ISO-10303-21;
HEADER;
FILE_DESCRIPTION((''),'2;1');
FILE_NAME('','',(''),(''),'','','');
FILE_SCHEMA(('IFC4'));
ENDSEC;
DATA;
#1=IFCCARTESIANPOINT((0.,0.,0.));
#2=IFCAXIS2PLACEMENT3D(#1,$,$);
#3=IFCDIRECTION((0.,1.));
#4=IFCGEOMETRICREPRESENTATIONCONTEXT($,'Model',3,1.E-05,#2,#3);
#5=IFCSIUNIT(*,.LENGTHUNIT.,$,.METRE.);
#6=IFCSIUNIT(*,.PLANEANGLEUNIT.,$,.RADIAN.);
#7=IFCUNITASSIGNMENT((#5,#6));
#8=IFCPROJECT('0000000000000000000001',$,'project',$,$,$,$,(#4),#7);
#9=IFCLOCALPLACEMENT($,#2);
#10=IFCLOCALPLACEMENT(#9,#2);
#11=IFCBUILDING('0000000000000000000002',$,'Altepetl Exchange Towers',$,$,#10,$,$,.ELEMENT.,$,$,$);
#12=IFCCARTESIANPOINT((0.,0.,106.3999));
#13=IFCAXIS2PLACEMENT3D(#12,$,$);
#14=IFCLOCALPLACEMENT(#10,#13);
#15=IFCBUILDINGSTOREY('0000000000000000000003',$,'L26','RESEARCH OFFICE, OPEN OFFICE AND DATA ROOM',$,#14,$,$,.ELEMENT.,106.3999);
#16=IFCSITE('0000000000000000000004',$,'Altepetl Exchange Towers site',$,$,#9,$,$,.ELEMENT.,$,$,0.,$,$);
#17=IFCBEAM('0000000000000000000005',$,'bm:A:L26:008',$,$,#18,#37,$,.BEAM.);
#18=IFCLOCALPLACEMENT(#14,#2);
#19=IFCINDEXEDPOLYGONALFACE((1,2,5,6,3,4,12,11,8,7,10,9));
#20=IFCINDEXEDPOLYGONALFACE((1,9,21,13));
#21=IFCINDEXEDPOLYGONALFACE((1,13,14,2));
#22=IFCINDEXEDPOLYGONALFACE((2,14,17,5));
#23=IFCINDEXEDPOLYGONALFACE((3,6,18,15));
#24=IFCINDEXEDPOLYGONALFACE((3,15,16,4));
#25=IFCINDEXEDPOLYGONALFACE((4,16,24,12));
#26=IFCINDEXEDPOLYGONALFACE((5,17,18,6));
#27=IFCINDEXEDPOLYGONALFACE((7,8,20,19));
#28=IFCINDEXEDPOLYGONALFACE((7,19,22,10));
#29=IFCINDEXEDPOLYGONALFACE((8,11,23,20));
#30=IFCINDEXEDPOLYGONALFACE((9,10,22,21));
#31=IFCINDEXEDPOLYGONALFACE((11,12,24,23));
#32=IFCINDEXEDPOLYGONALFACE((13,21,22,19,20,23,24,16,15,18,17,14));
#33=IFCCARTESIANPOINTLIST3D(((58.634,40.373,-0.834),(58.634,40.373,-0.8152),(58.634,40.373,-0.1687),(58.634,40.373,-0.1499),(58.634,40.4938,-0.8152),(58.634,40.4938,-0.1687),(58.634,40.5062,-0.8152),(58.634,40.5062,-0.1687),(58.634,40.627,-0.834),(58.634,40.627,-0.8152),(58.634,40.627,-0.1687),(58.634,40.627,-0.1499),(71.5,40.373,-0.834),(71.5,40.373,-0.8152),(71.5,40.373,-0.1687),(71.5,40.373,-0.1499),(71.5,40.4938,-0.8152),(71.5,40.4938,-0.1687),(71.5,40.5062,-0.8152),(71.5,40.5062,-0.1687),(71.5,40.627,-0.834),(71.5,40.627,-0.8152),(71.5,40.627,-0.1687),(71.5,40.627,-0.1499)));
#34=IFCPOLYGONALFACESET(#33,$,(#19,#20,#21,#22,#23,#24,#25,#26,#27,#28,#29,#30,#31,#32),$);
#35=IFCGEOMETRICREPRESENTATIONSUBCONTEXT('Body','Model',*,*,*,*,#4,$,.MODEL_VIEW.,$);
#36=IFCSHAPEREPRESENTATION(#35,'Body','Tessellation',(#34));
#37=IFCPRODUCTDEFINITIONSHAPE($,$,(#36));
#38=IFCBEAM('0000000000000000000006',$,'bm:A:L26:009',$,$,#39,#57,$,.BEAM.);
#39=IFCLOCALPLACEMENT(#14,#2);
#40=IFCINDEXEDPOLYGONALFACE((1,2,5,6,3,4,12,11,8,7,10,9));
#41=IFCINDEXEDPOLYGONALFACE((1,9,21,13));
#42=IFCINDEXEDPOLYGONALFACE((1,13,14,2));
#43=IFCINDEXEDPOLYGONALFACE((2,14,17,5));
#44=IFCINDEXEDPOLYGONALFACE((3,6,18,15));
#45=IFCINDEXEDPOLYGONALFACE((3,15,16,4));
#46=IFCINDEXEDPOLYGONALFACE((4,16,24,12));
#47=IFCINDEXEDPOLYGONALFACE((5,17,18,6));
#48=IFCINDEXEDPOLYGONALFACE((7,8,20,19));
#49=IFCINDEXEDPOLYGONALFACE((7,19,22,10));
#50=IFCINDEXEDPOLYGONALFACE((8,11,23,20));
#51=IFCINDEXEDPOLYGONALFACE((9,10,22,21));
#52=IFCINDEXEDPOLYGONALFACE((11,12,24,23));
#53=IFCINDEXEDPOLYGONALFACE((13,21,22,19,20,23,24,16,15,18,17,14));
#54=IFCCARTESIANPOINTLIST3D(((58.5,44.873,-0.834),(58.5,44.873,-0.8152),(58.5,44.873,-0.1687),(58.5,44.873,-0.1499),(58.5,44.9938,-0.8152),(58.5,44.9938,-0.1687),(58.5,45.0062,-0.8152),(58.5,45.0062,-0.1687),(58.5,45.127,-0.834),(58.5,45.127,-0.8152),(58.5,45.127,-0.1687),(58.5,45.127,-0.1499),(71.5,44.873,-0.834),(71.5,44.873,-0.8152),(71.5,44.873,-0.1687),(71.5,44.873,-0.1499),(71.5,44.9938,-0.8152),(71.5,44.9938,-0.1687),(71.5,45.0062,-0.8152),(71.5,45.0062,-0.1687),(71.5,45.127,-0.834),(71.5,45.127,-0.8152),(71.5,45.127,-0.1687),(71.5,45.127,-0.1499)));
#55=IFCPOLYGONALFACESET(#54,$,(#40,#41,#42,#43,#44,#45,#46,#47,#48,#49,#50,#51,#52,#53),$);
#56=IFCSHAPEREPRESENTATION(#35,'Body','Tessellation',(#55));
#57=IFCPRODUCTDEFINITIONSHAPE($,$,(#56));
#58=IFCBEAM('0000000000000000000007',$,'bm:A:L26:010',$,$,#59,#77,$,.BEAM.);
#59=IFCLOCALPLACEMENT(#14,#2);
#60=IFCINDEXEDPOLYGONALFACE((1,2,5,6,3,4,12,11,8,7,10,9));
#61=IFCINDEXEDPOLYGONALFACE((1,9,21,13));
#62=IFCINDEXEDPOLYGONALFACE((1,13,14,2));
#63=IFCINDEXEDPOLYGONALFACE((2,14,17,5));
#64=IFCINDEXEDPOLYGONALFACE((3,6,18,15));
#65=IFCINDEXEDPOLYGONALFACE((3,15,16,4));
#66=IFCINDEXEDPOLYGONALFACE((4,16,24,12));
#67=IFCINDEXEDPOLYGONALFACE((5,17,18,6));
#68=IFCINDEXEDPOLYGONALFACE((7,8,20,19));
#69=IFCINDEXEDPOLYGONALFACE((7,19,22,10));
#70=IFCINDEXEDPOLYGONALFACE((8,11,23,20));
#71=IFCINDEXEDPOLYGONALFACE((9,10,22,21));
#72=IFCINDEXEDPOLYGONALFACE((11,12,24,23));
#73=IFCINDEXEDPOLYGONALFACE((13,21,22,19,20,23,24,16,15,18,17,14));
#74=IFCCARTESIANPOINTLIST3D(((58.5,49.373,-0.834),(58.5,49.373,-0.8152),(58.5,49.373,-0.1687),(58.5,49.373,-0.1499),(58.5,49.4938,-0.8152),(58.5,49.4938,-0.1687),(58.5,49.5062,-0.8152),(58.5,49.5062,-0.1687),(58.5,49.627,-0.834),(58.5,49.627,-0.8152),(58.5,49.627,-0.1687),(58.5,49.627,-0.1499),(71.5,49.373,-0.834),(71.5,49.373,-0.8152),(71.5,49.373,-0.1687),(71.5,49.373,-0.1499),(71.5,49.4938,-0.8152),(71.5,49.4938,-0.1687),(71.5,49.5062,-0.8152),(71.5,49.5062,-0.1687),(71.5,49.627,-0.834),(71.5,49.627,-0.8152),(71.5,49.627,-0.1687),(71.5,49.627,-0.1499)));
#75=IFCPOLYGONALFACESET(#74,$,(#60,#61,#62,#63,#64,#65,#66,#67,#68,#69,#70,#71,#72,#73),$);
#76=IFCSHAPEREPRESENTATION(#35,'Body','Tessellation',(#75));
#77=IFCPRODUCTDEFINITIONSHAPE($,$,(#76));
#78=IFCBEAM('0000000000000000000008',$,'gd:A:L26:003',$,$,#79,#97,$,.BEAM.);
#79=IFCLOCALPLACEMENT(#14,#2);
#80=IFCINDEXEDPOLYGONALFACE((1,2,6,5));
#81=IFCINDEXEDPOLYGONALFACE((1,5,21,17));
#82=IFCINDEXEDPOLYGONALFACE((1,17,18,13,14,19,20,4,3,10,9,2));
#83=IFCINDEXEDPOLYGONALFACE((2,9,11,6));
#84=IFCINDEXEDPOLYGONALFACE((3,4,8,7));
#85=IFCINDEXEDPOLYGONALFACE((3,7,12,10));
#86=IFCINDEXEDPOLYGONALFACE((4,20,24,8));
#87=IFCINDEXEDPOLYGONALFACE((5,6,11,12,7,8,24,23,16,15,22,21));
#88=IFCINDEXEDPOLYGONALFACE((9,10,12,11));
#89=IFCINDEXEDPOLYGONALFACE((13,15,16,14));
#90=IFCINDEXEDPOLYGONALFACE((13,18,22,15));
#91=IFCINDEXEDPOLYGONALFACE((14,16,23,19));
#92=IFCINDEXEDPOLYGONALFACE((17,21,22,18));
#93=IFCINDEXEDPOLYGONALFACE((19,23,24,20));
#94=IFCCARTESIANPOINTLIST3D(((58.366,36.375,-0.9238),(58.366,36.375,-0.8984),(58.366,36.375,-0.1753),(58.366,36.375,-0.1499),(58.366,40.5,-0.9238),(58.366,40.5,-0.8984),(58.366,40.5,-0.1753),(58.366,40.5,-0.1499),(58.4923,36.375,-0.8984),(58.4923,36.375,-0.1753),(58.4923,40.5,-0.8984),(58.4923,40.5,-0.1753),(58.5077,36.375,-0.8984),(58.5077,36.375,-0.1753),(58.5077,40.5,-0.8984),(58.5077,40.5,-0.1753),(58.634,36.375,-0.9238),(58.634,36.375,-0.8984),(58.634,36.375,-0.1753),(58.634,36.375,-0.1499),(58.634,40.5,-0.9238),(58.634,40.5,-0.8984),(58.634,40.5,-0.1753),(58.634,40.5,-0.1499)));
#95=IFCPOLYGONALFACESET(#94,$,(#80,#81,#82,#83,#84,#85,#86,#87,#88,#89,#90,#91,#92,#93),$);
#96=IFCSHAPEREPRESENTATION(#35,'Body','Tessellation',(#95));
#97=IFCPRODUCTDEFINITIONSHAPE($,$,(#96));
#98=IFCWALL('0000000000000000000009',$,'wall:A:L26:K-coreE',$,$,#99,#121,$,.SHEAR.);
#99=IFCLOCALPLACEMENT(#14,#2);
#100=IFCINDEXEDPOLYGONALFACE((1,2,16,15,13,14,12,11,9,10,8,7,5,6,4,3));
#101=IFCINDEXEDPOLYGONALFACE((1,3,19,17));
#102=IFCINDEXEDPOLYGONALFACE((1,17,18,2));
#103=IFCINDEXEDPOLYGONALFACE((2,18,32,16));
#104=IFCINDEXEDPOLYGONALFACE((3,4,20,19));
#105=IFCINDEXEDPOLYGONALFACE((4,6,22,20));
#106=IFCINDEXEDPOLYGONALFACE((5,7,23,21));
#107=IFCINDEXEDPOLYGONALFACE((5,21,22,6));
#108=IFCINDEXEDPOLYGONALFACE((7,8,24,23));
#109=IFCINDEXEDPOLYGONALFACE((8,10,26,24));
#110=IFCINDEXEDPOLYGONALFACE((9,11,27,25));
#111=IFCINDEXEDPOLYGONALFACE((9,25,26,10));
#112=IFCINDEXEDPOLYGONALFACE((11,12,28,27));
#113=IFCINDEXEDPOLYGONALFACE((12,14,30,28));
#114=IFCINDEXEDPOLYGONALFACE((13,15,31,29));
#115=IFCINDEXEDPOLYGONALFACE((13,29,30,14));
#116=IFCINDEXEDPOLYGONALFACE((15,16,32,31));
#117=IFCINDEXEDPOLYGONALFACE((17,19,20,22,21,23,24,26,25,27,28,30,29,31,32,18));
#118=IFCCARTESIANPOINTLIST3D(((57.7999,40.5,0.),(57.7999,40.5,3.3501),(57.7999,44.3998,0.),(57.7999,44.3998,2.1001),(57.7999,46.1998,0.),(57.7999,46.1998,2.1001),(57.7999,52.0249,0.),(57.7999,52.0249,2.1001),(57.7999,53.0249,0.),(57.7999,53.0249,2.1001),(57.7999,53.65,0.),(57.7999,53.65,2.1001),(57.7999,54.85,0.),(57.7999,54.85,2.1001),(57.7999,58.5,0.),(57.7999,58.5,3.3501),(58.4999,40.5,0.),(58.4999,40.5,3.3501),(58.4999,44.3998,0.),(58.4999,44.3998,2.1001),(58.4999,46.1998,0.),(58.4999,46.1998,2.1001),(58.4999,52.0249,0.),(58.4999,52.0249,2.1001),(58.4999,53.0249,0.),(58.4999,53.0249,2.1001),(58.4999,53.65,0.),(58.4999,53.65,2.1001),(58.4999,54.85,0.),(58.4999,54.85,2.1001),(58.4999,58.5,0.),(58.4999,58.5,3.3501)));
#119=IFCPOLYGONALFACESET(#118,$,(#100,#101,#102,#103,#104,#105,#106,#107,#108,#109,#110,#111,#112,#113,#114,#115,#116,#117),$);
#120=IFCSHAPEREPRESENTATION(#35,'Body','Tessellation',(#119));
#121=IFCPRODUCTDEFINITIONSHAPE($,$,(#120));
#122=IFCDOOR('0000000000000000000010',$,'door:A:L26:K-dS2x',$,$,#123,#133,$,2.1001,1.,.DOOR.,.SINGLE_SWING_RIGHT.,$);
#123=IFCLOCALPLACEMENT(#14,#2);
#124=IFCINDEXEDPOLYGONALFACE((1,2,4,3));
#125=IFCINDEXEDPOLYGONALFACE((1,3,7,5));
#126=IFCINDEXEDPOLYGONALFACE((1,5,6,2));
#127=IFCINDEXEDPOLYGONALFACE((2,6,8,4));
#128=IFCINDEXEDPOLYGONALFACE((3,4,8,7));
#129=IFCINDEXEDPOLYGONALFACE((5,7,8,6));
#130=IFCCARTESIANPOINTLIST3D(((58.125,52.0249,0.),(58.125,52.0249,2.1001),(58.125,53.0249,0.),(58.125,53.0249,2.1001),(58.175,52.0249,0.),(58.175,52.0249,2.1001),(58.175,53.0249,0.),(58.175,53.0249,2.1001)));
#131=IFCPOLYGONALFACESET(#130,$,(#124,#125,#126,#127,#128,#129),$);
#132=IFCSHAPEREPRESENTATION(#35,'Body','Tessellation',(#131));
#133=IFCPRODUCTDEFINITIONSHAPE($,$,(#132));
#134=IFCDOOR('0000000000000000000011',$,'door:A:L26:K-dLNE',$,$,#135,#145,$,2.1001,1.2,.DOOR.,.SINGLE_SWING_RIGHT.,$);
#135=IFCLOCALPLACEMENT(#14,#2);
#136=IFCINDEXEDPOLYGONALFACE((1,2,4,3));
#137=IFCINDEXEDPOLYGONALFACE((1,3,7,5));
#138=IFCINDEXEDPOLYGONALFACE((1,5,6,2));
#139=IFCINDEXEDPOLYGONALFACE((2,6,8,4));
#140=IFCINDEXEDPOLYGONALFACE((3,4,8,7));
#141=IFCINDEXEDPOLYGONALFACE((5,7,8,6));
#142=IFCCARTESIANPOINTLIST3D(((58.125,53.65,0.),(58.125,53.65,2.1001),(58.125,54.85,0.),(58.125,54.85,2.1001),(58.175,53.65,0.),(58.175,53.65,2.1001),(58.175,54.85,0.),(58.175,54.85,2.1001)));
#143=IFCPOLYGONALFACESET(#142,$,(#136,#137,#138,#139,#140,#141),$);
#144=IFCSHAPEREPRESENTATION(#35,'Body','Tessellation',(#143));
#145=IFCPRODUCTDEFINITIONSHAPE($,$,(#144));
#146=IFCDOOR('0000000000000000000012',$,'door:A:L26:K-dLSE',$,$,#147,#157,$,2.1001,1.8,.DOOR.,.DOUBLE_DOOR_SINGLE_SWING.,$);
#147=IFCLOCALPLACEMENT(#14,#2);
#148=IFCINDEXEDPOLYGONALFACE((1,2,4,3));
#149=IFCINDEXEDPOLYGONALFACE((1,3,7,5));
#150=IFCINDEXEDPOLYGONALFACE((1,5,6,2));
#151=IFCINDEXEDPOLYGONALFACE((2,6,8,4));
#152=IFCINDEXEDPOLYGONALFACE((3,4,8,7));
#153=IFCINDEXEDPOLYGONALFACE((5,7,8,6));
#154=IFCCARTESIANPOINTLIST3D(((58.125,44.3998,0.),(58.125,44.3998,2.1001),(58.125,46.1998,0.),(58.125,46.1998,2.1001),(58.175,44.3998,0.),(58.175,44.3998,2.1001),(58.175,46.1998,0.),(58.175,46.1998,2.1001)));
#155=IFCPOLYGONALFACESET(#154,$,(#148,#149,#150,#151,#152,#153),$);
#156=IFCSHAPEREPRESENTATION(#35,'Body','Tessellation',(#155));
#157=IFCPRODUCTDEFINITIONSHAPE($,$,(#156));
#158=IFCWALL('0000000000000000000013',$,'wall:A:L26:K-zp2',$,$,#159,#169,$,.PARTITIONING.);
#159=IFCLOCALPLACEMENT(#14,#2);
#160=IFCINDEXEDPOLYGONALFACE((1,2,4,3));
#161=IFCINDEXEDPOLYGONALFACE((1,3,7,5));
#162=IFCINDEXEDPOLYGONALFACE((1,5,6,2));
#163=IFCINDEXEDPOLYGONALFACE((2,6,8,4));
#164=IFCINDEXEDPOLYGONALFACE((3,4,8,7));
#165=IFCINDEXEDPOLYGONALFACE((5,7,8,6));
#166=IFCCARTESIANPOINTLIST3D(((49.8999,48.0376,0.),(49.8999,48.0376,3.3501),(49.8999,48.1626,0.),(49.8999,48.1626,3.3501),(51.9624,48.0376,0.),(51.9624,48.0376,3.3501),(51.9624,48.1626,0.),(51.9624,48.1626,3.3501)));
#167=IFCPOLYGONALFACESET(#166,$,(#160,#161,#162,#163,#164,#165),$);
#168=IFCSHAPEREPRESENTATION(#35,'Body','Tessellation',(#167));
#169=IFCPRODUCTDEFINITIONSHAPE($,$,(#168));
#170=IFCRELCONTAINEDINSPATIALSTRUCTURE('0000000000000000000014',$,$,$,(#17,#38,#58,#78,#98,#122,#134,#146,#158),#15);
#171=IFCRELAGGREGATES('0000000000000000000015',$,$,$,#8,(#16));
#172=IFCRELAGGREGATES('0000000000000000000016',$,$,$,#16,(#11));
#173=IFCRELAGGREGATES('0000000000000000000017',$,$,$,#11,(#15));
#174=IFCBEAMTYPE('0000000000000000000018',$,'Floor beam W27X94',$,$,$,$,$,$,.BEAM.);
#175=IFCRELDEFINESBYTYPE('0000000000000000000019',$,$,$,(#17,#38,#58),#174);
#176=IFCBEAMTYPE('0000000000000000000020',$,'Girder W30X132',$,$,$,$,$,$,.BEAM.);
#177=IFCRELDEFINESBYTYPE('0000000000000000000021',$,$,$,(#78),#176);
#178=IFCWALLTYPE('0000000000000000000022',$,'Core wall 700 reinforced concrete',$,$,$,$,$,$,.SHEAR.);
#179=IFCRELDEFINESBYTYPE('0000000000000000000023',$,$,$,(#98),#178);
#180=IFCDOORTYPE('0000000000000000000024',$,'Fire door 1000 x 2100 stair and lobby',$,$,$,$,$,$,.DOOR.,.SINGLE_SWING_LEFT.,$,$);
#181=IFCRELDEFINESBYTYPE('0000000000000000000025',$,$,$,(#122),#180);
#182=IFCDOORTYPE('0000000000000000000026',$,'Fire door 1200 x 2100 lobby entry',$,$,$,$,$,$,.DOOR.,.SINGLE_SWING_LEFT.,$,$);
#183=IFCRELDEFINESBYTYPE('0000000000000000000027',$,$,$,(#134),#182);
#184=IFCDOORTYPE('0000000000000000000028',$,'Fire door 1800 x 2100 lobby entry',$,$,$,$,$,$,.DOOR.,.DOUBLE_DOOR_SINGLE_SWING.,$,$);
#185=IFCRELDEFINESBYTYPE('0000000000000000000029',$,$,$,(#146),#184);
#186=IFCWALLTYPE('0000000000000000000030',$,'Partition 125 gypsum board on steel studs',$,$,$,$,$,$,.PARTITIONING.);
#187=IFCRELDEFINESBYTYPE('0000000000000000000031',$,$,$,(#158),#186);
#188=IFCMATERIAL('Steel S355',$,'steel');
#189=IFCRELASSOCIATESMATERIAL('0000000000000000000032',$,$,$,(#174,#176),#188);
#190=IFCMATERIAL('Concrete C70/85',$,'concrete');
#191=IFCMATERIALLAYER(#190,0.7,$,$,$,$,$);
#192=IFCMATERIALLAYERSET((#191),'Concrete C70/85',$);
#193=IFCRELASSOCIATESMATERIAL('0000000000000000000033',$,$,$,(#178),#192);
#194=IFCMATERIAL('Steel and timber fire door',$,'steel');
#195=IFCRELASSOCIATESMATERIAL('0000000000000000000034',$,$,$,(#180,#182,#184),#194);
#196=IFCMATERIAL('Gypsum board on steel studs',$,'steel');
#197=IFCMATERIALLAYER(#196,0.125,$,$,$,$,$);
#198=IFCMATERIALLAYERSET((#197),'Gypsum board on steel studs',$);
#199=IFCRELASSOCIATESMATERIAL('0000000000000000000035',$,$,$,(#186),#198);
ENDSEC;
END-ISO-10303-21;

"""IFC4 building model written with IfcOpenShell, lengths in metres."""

from ifc_helpers import new_model, si_unit, direction, frame, frame_2d, origin, origin_2d, place, context, subcontext, project, spatial, rectangle, i_section, extrude, material, layer, layer_set, material_profile, profile_set, type_object, element, fill, save


model = new_model("IFC4")

# Units and contexts
model_context = context("Model", 3, precision=1e-05, world=origin(), true_north=direction((0.0, 1.0)))
body_context = subcontext(model_context, "Body", "Model", "MODEL_VIEW")
ifc_project = project(units=[si_unit("LENGTHUNIT", "METRE"), si_unit("PLANEANGLEUNIT", "RADIAN")], contexts=[model_context])

# Site, building, storey
site_placement = place(None, origin())
site = spatial("IfcSite", under=ifc_project, at=site_placement, Name="Altepetl Exchange Towers site", CompositionType="ELEMENT", RefElevation=0.0)
building_placement = place(site_placement, origin())
building = spatial("IfcBuilding", under=site, at=building_placement, Name="Altepetl Exchange Towers", CompositionType="ELEMENT")
storey_placement = place(building_placement, frame((0.0, 0.0, 106.3999)))
storey = spatial("IfcBuildingStorey", under=building, at=storey_placement, Name="L26", Description="RESEARCH OFFICE, OPEN OFFICE AND DATA ROOM", CompositionType="ELEMENT", Elevation=106.3999)

# Beams
ifc_material_1 = material(Name="Steel S355", Category="steel")
ifc_material_profile_1 = material_profile(ifc_material_1, i_section(OverallWidth=0.2539, OverallDepth=0.6841, WebThickness=0.0125, FlangeThickness=0.0188, at=origin_2d()), Name="W27X94")
ifc_profile_set_1 = profile_set([ifc_material_profile_1], Name="Steel S355")
beam_type_1 = type_object("IfcBeamType", Name="Floor beam W27X94", PredefinedType="BEAM", material=ifc_profile_set_1)
beam_1_placement = place(storey_placement, frame((58.634, 40.5, -0.4919), z_axis=(1.0, 0.0, 0.0), x_axis=(0.0, 1.0, 0.0)))
element("IfcBeam", 1, at=beam_1_placement, inside=storey, type_object=beam_type_1, Name="bm:A:L26:008", PredefinedType="BEAM", context=body_context, shape_type="SweptSolid", body=[
    extrude(i_section(OverallWidth=0.2539, OverallDepth=0.6841, WebThickness=0.0125, FlangeThickness=0.0188, at=origin_2d()), origin(), (0.0, 0.0, 1.0), 12.866),
])
for number, where, z_axis, x_axis, name in (
    (2, (58.5, 45.0, -0.4919), (1.0, 0.0, 0.0), (0.0, 1.0, 0.0), "bm:A:L26:009"),
    (3, (58.5, 49.5, -0.4919), (1.0, 0.0, 0.0), (0.0, 1.0, 0.0), "bm:A:L26:010"),
):
    element("IfcBeam", number, at=place(storey_placement, frame(where, z_axis=z_axis, x_axis=x_axis)), inside=storey, type_object=beam_type_1, Name=name, PredefinedType="BEAM", context=body_context, shape_type="SweptSolid", body=[
        extrude(i_section(OverallWidth=0.2539, OverallDepth=0.6841, WebThickness=0.0125, FlangeThickness=0.0188, at=origin_2d()), origin(), (0.0, 0.0, 1.0), 13.0),
    ])
ifc_material_profile_2 = material_profile(ifc_material_1, i_section(OverallWidth=0.2681, OverallDepth=0.7739, WebThickness=0.0154, FlangeThickness=0.0254, at=origin_2d()), Name="W30X132")
ifc_profile_set_2 = profile_set([ifc_material_profile_2], Name="Steel S355")
beam_type_2 = type_object("IfcBeamType", Name="Girder W30X132", PredefinedType="BEAM", material=ifc_profile_set_2)
beam_2_placement = place(storey_placement, frame((58.5, 40.5, -0.5369), z_axis=(0.0, -1.0, 0.0), x_axis=(1.0, 0.0, 0.0)))
element("IfcBeam", 4, at=beam_2_placement, inside=storey, type_object=beam_type_2, Name="gd:A:L26:003", PredefinedType="BEAM", context=body_context, shape_type="SweptSolid", body=[
    extrude(i_section(OverallWidth=0.2681, OverallDepth=0.7739, WebThickness=0.0154, FlangeThickness=0.0254, at=origin_2d()), origin(), (0.0, 0.0, 1.0), 4.125),
])

# Wall, openings, doors
ifc_material_2 = material(Name="Concrete C70/85", Category="concrete")
ifc_layer_1 = layer(ifc_material_2, 0.7)
ifc_layer_set_1 = layer_set([ifc_layer_1], Name="Concrete C70/85")
wall_type_1 = type_object("IfcWallType", Name="Core wall 700 reinforced concrete", PredefinedType="SHEAR", material=ifc_layer_set_1)
wall_1_placement = place(storey_placement, frame((58.1499, 40.5, 0.0), z_axis=(0.0, 0.0, 1.0), x_axis=(0.0, 1.0, 0.0)))
wall_1 = element("IfcWall", 5, at=wall_1_placement, inside=storey, type_object=wall_type_1, Name="wall:A:L26:K-coreE", PredefinedType="SHEAR", context=body_context, shape_type="SweptSolid", body=[
    extrude(rectangle(XDim=18.0, YDim=0.7, at=frame_2d((9.0, 0.0))), origin(), (0.0, 0.0, 1.0), 3.3501),
])
opening_1_placement = place(wall_1_placement, frame((13.1499, 0.0, 0.0)))
opening_1 = element("IfcOpeningElement", 6, at=opening_1_placement, cuts=wall_1, PredefinedType="OPENING", context=body_context, shape_type="SweptSolid", body=[
    extrude(rectangle(XDim=1.2, YDim=2.1001, at=frame_2d((0.6001, 1.05))), frame((0.0, 0.3599, 0.0), z_axis=(0.0, -1.0, 0.0), x_axis=(1.0, 0.0, 0.0)), (0.0, 0.0, 1.0), 0.72),
])
opening_2_placement = place(wall_1_placement, frame((3.8999, 0.0, 0.0)))
opening_2 = element("IfcOpeningElement", 7, at=opening_2_placement, cuts=wall_1, PredefinedType="OPENING", context=body_context, shape_type="SweptSolid", body=[
    extrude(rectangle(XDim=1.8, YDim=2.1001, at=frame_2d((0.8999, 1.05))), frame((0.0, 0.3599, 0.0), z_axis=(0.0, -1.0, 0.0), x_axis=(1.0, 0.0, 0.0)), (0.0, 0.0, 1.0), 0.72),
])
opening_3_placement = place(wall_1_placement, frame((11.5249, 0.0, 0.0)))
opening_3 = element("IfcOpeningElement", 8, at=opening_3_placement, cuts=wall_1, PredefinedType="OPENING", context=body_context, shape_type="SweptSolid", body=[
    extrude(rectangle(XDim=1.0, YDim=2.1001, at=frame_2d((0.5, 1.05))), frame((0.0, 0.3599, 0.0), z_axis=(0.0, -1.0, 0.0), x_axis=(1.0, 0.0, 0.0)), (0.0, 0.0, 1.0), 0.72),
])
ifc_material_3 = material(Name="Steel and timber fire door", Category="steel")
door_type_1 = type_object("IfcDoorType", Name="Fire door 1000 x 2100 stair and lobby", OperationType="SINGLE_SWING_LEFT", PredefinedType="DOOR", material=ifc_material_3)
door_1_placement = place(opening_3_placement, origin())
door_1 = element("IfcDoor", 9, at=door_1_placement, inside=storey, type_object=door_type_1, Name="door:A:L26:K-dS2x", OperationType="SINGLE_SWING_RIGHT", OverallHeight=2.1001, OverallWidth=1.0, PredefinedType="DOOR", context=body_context, shape_type="SweptSolid", body=[
    extrude(rectangle(XDim=1.0, YDim=2.1001, at=frame_2d((0.5, 1.05))), frame((0.0, 0.0249, 0.0), z_axis=(0.0, -1.0, 0.0), x_axis=(1.0, 0.0, 0.0)), (0.0, 0.0, 1.0), 0.05),
])
fill(opening_3, door_1)
door_type_2 = type_object("IfcDoorType", Name="Fire door 1200 x 2100 lobby entry", OperationType="SINGLE_SWING_LEFT", PredefinedType="DOOR", material=ifc_material_3)
door_2_placement = place(opening_1_placement, origin())
door_2 = element("IfcDoor", 10, at=door_2_placement, inside=storey, type_object=door_type_2, Name="door:A:L26:K-dLNE", OperationType="SINGLE_SWING_RIGHT", OverallHeight=2.1001, OverallWidth=1.2, PredefinedType="DOOR", context=body_context, shape_type="SweptSolid", body=[
    extrude(rectangle(XDim=1.2, YDim=2.1001, at=frame_2d((0.6001, 1.05))), frame((0.0, 0.0249, 0.0), z_axis=(0.0, -1.0, 0.0), x_axis=(1.0, 0.0, 0.0)), (0.0, 0.0, 1.0), 0.05),
])
fill(opening_1, door_2)
door_type_3 = type_object("IfcDoorType", Name="Fire door 1800 x 2100 lobby entry", OperationType="DOUBLE_DOOR_SINGLE_SWING", PredefinedType="DOOR", material=ifc_material_3)
door_3_placement = place(opening_2_placement, origin())
door_3 = element("IfcDoor", 11, at=door_3_placement, inside=storey, type_object=door_type_3, Name="door:A:L26:K-dLSE", OperationType="DOUBLE_DOOR_SINGLE_SWING", OverallHeight=2.1001, OverallWidth=1.8, PredefinedType="DOOR", context=body_context, shape_type="SweptSolid", body=[
    extrude(rectangle(XDim=1.8, YDim=2.1001, at=frame_2d((0.8999, 1.05))), frame((0.0, 0.0249, 0.0), z_axis=(0.0, -1.0, 0.0), x_axis=(1.0, 0.0, 0.0)), (0.0, 0.0, 1.0), 0.05),
])
fill(opening_2, door_3)

# Wall
ifc_material_4 = material(Name="Gypsum board on steel studs", Category="steel")
ifc_layer_2 = layer(ifc_material_4, 0.125)
ifc_layer_set_2 = layer_set([ifc_layer_2], Name="Gypsum board on steel studs")
wall_type_2 = type_object("IfcWallType", Name="Partition 125 gypsum board on steel studs", PredefinedType="PARTITIONING", material=ifc_layer_set_2)
wall_2_placement = place(storey_placement, frame((51.9624, 48.1001, 0.0), z_axis=(0.0, 0.0, 1.0), x_axis=(-1.0, 0.0, 0.0)))
element("IfcWall", 12, at=wall_2_placement, inside=storey, type_object=wall_type_2, Name="wall:A:L26:K-zp2", PredefinedType="PARTITIONING", context=body_context, shape_type="SweptSolid", body=[
    extrude(rectangle(XDim=2.0625, YDim=0.125, at=frame_2d((1.0312, 0.0))), origin(), (0.0, 0.0, 1.0), 3.3501),
])

save(model, "model.ifc")
